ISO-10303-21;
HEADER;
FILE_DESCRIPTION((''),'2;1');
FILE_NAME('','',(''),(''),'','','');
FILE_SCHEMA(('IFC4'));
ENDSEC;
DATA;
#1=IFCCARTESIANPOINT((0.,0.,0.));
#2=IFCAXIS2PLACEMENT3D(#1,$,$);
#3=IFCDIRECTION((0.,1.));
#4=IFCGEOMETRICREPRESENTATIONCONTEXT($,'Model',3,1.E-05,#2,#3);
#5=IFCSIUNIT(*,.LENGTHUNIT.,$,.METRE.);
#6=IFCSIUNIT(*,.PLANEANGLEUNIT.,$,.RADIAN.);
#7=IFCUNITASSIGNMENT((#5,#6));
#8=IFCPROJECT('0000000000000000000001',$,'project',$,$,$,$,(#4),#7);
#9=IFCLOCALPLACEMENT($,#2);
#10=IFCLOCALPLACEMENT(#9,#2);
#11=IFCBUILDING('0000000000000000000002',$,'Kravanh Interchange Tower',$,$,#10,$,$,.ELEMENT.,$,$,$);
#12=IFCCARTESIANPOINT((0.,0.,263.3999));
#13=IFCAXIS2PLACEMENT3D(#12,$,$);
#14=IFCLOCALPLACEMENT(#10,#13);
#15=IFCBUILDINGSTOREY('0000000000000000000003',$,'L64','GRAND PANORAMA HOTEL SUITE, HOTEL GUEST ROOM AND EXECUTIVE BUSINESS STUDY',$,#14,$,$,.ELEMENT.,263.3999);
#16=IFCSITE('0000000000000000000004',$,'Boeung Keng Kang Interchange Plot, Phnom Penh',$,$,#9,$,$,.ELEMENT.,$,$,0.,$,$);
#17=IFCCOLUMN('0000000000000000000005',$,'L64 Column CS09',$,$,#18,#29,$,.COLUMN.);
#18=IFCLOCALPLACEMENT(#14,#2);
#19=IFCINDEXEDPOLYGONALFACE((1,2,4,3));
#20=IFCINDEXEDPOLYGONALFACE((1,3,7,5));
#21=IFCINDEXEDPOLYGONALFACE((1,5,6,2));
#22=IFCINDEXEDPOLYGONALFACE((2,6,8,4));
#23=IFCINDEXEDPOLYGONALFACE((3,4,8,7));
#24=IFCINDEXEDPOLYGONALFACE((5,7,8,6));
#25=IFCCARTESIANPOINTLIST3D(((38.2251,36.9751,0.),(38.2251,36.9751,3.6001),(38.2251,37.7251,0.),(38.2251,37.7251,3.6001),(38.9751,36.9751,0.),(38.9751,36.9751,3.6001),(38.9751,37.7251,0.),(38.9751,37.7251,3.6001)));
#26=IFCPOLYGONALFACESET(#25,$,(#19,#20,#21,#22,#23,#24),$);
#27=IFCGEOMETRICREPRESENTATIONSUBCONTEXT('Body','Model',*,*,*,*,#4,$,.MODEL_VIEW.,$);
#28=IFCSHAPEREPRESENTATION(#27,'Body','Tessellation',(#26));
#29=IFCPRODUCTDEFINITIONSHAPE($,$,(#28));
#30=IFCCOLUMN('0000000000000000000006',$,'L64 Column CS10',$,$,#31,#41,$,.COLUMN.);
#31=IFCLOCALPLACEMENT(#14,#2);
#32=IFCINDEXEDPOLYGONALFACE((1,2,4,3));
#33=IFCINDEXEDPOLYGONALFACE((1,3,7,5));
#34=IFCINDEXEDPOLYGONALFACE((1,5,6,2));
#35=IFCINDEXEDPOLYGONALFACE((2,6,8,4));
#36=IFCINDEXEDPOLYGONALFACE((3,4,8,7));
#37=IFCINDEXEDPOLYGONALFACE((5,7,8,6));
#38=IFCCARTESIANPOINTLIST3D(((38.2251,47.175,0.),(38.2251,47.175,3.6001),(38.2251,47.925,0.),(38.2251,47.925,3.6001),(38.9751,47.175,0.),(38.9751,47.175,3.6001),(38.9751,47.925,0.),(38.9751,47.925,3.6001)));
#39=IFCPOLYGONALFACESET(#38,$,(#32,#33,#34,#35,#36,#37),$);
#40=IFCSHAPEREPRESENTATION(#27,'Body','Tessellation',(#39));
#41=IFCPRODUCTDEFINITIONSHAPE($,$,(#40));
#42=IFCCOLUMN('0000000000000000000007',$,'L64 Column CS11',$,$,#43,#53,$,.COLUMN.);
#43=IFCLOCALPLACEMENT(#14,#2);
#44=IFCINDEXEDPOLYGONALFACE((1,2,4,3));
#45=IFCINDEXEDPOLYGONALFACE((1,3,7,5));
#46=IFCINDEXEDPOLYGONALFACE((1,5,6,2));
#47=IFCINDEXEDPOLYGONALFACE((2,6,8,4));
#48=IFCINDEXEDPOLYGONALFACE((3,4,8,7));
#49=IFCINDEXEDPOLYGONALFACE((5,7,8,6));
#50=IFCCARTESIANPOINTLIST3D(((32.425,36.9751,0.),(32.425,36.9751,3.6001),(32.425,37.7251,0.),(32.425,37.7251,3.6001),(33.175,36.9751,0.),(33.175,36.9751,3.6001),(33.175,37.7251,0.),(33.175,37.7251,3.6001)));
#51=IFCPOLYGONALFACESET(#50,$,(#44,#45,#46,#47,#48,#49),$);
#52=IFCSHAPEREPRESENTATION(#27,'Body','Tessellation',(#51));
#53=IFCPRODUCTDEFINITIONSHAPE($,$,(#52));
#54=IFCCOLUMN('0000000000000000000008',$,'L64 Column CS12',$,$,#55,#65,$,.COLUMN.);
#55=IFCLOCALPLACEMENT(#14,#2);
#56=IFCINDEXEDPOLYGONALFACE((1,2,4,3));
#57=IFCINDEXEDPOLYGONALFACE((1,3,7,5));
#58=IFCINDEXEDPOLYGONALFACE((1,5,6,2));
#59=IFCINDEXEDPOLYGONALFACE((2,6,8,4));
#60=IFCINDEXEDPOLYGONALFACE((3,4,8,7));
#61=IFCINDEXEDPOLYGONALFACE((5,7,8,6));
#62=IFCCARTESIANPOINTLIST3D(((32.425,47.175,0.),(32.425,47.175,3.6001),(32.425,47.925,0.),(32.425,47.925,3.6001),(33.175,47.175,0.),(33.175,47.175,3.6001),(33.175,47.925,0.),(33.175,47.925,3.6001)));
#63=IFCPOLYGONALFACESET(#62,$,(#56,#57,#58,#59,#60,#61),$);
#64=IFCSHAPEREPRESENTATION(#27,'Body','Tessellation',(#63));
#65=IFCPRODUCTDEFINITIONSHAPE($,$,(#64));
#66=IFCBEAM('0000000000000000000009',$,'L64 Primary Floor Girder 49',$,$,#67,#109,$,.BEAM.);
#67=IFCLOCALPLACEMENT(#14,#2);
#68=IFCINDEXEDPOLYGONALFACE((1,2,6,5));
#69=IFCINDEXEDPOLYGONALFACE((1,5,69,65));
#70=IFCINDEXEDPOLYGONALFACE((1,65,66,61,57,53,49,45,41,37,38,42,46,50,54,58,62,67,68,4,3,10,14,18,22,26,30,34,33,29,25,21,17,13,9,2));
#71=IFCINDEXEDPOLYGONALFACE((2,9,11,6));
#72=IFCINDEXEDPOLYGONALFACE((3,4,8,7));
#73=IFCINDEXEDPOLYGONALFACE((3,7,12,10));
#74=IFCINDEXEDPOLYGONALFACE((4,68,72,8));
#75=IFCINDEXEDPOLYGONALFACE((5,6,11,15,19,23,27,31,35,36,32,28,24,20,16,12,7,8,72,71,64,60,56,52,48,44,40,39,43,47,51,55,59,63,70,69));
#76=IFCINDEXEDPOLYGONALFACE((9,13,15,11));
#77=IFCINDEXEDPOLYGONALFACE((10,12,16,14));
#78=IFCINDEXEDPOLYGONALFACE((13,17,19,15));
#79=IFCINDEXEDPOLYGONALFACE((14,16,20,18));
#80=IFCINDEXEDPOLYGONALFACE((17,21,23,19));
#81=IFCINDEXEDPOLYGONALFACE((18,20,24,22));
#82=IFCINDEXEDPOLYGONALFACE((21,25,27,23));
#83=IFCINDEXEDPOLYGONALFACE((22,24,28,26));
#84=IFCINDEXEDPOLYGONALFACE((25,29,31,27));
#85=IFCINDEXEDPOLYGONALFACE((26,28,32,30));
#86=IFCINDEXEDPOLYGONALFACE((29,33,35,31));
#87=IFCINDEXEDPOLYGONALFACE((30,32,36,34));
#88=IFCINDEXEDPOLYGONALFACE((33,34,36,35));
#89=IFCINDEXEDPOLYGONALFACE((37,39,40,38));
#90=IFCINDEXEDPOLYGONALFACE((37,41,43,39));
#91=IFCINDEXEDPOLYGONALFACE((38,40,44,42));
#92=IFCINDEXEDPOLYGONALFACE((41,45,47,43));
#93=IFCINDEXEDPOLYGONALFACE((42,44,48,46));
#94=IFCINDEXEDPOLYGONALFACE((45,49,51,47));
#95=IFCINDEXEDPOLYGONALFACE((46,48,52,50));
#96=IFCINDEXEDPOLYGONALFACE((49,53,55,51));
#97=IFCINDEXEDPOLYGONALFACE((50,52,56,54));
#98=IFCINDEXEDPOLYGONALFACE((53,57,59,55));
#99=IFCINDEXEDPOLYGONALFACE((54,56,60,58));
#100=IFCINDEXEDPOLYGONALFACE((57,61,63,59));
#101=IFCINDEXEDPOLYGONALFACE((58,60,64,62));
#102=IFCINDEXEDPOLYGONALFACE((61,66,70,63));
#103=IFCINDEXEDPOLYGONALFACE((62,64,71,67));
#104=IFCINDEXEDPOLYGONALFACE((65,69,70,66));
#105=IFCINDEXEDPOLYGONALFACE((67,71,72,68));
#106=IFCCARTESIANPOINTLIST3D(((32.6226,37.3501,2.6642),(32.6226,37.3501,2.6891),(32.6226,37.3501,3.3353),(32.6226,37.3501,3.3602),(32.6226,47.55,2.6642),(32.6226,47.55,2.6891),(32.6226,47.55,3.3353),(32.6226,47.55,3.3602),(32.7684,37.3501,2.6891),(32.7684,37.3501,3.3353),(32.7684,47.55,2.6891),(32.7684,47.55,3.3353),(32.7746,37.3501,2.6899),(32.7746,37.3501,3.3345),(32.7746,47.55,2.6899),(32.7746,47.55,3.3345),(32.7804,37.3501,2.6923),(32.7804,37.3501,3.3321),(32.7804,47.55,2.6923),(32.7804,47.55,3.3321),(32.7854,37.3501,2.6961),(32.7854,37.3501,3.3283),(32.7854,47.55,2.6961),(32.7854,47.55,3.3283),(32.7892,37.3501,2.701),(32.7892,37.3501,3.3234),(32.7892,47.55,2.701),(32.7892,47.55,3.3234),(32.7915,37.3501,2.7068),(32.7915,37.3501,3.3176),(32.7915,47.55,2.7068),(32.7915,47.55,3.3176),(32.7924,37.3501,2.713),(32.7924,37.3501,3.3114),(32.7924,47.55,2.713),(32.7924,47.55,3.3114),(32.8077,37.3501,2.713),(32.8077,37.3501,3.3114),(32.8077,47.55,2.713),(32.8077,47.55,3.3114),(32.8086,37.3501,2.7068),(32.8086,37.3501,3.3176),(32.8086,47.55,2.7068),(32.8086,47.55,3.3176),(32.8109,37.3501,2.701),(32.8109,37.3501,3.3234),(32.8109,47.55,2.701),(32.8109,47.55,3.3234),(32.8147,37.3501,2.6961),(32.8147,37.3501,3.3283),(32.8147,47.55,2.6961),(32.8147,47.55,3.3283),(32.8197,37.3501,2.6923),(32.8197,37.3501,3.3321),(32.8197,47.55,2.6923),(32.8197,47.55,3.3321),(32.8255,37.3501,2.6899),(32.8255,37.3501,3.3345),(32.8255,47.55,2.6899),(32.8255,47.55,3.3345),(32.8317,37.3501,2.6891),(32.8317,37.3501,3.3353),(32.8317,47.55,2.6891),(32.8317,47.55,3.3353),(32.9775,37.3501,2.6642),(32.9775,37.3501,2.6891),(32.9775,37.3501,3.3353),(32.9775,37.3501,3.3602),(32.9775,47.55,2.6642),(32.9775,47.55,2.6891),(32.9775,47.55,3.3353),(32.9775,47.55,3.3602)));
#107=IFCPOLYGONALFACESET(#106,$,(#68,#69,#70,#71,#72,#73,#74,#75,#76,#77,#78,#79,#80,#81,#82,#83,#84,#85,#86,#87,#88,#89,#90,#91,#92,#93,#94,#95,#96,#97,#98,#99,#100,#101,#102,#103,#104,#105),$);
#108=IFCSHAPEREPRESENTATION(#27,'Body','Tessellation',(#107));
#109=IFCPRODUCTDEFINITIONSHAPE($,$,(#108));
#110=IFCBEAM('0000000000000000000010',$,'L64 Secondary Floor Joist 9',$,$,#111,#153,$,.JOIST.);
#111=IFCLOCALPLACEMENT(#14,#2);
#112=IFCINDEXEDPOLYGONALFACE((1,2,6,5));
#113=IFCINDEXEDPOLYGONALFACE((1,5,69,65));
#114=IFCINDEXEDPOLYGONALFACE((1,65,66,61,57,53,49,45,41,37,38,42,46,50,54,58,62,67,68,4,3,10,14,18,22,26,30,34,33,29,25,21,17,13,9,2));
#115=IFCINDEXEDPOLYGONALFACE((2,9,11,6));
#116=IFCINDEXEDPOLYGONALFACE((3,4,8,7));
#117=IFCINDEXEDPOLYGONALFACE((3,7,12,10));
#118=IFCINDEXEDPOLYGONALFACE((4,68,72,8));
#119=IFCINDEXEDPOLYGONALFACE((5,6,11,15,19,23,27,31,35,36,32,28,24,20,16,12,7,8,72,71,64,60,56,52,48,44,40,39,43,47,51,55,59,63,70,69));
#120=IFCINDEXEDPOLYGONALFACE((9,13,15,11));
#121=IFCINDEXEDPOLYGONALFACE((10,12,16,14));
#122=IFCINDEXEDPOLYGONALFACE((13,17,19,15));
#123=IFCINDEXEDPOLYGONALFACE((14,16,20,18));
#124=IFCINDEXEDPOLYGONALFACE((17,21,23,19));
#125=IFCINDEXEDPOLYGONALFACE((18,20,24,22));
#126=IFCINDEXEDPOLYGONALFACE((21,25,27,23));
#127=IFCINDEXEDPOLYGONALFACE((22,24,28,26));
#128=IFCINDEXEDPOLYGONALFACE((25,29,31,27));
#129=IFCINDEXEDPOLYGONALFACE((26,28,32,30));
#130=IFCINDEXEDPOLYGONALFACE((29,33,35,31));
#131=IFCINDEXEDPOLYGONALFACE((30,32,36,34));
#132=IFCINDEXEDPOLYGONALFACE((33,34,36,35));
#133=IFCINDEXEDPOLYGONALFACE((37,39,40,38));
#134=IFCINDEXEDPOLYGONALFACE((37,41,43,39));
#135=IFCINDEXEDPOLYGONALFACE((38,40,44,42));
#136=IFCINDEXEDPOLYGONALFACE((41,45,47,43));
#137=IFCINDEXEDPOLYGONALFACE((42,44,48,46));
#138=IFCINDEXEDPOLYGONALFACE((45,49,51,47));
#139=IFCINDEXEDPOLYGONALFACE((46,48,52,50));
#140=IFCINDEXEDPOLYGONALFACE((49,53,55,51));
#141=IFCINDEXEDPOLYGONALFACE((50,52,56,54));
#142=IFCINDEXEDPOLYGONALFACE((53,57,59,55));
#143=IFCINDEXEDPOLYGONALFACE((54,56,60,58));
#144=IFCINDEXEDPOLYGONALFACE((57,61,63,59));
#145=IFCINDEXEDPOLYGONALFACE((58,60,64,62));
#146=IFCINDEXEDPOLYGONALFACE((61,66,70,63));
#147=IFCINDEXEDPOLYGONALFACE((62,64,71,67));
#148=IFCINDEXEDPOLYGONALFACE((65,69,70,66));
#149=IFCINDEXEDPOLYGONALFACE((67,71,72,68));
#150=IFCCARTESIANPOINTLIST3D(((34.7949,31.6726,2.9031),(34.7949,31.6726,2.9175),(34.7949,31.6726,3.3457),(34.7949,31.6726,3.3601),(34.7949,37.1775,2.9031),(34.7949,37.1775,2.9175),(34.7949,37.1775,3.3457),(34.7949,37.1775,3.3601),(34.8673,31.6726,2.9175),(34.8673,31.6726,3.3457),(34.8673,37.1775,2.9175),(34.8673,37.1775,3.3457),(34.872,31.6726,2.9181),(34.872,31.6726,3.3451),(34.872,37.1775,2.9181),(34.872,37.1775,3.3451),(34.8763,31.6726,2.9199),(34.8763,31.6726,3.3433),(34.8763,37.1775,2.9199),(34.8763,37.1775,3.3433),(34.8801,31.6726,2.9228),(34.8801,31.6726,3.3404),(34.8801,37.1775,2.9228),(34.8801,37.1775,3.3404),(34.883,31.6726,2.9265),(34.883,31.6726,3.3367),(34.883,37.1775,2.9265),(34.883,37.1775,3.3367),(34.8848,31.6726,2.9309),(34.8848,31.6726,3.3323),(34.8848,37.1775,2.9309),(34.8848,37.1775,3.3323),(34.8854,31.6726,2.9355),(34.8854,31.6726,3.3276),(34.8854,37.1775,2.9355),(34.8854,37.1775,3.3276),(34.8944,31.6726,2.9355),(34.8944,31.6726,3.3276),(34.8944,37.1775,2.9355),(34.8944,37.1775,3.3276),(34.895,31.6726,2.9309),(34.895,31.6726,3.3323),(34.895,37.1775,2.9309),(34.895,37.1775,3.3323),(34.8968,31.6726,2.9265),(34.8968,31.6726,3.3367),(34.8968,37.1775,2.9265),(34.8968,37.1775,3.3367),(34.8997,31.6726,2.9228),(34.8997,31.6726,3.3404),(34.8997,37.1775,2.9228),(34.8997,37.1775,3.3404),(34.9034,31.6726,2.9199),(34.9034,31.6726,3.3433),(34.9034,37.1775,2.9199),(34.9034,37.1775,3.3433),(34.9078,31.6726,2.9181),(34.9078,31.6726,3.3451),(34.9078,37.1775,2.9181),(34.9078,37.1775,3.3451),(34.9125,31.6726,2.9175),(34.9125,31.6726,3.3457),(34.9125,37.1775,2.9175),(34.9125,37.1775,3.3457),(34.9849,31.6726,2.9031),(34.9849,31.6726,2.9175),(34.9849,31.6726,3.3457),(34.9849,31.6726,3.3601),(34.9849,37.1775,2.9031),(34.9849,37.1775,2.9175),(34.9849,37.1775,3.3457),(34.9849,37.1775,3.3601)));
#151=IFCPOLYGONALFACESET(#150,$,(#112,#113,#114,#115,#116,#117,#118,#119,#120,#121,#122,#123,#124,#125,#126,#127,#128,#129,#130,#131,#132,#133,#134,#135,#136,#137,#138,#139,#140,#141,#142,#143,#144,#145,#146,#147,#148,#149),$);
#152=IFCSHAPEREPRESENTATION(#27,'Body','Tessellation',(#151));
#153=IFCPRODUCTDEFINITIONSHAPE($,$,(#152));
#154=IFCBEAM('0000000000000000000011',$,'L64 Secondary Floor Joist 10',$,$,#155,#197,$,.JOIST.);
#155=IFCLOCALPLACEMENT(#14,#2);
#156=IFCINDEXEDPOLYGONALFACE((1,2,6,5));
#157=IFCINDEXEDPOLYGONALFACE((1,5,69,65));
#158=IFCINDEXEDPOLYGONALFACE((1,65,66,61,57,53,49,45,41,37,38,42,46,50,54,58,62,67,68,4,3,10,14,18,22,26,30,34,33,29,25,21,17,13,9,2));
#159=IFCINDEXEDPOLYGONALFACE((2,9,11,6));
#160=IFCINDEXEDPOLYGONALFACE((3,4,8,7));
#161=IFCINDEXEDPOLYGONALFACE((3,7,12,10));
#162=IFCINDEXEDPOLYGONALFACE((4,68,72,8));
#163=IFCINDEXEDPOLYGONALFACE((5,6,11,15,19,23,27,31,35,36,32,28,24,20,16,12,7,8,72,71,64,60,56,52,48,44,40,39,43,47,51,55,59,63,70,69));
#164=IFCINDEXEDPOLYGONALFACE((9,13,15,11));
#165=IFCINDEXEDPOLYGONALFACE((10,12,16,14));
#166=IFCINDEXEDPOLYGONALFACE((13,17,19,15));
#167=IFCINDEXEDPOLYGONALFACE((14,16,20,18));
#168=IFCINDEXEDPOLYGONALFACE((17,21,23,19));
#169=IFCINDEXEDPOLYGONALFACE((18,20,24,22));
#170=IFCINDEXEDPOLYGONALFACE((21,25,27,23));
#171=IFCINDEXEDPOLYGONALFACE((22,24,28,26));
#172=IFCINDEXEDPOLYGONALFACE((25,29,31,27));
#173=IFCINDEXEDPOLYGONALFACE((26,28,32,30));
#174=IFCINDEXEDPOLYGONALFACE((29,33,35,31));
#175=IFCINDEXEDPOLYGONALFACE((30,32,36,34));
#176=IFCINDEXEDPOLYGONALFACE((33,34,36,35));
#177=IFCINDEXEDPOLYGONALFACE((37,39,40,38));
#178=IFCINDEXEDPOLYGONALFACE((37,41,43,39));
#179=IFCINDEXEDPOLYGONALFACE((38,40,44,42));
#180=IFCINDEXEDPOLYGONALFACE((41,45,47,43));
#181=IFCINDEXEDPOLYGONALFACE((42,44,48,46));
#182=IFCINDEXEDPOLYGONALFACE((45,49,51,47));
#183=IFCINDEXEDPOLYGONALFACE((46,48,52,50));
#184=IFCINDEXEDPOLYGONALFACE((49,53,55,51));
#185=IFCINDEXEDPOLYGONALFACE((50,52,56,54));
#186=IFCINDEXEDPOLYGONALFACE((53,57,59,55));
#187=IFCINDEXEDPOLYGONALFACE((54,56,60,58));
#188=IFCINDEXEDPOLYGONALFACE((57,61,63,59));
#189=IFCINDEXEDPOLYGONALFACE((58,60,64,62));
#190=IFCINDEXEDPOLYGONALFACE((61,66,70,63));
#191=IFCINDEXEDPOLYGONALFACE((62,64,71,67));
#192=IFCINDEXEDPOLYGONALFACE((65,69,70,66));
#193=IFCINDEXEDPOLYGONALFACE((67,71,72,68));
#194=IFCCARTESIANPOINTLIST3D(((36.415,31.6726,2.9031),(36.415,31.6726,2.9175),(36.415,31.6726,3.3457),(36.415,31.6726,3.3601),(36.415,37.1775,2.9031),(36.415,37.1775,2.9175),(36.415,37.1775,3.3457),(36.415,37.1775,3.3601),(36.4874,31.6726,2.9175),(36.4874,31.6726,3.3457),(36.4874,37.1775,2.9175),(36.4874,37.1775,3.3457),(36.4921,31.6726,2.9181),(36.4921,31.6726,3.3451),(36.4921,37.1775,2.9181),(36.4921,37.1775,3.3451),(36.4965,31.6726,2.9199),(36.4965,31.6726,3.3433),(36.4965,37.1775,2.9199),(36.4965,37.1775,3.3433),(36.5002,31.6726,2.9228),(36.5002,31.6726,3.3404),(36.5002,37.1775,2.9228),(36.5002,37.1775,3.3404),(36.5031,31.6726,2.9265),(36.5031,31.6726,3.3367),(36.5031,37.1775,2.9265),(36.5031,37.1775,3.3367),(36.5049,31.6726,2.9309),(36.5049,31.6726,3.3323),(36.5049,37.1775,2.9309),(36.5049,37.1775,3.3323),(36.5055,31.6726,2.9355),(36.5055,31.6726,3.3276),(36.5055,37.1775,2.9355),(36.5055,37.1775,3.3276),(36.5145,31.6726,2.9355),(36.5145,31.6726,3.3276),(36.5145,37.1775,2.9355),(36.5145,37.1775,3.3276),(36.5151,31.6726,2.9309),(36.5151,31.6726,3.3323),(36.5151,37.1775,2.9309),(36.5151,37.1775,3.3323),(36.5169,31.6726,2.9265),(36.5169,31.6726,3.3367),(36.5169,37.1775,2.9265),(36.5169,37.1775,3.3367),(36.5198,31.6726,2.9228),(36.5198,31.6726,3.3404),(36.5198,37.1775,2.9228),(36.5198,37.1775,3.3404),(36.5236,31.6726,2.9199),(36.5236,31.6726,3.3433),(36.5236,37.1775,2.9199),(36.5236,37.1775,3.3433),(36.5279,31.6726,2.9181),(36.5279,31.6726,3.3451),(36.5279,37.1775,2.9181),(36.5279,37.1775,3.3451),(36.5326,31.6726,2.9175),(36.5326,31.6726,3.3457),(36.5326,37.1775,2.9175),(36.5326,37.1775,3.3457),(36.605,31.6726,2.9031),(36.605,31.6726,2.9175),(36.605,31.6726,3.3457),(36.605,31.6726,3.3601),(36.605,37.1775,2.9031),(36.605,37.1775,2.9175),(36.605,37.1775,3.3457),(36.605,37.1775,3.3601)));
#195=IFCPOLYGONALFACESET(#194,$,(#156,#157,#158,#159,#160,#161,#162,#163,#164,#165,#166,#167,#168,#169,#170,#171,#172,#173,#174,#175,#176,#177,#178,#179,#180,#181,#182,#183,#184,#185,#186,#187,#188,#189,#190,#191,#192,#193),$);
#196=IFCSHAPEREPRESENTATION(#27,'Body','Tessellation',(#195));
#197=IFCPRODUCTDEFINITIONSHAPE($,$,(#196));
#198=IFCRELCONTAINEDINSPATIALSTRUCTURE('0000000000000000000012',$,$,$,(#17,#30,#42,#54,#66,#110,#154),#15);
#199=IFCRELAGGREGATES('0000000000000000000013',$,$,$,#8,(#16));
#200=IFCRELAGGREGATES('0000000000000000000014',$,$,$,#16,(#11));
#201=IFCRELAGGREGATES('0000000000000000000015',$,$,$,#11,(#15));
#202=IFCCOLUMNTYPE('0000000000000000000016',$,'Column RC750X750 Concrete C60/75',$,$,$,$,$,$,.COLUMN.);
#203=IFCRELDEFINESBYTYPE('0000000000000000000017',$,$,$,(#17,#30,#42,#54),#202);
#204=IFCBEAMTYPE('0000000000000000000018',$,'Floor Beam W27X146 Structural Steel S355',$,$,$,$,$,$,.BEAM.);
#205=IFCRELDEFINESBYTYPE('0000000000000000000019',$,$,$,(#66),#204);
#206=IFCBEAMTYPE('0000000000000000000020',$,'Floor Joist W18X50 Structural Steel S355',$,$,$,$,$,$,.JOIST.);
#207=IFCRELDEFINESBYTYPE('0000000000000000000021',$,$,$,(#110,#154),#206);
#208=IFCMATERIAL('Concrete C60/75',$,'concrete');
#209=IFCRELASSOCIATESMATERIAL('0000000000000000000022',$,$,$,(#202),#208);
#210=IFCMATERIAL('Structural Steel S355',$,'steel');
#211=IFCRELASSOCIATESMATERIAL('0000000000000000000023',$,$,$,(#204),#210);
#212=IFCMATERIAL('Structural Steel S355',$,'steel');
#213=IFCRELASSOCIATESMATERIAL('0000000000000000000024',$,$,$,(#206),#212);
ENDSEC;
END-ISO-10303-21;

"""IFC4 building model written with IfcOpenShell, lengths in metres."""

from ifc_helpers import new_model, si_unit, direction, frame, origin, origin_2d, place, context, subcontext, project, spatial, rectangle, i_section, extrude, material, material_profile, profile_set, type_object, element, save


model = new_model("IFC4")

# Units and contexts
model_context = context("Model", 3, precision=1e-05, world=origin(), true_north=direction((0.0, 1.0)))
body_context = subcontext(model_context, "Body", "Model", "MODEL_VIEW")
ifc_project = project(units=[si_unit("LENGTHUNIT", "METRE"), si_unit("PLANEANGLEUNIT", "RADIAN")], contexts=[model_context])

# Site, building, storey
site_placement = place(None, origin())
site = spatial("IfcSite", under=ifc_project, at=site_placement, Name="Boeung Keng Kang Interchange Plot, Phnom Penh", CompositionType="ELEMENT", RefElevation=0.0)
building_placement = place(site_placement, origin())
building = spatial("IfcBuilding", under=site, at=building_placement, Name="Kravanh Interchange Tower", CompositionType="ELEMENT")
storey_placement = place(building_placement, frame((0.0, 0.0, 263.3999)))
storey = spatial("IfcBuildingStorey", under=building, at=storey_placement, Name="L64", Description="GRAND PANORAMA HOTEL SUITE, HOTEL GUEST ROOM AND EXECUTIVE BUSINESS STUDY", CompositionType="ELEMENT", Elevation=263.3999)

# Columns
ifc_material_1 = material(Name="Concrete C60/75", Category="concrete")
ifc_material_profile_1 = material_profile(ifc_material_1, rectangle(XDim=0.75, YDim=0.75, at=origin_2d()), Name="RC750X750")
ifc_profile_set_1 = profile_set([ifc_material_profile_1], Name="Concrete C60/75")
column_type = type_object("IfcColumnType", Name="Column RC750X750 Concrete C60/75", PredefinedType="COLUMN", material=ifc_profile_set_1)
for number, where, z_axis, x_axis, name in (
    (1, (38.6001, 37.3501, 0.0), (0.0, 0.0, 1.0), (1.0, 0.0, 0.0), "L64 Column CS09"),
    (2, (38.6001, 47.55, 0.0), (0.0, 0.0, 1.0), (1.0, 0.0, 0.0), "L64 Column CS10"),
    (3, (32.8, 37.3501, 0.0), (0.0, 0.0, 1.0), (1.0, 0.0, 0.0), "L64 Column CS11"),
    (4, (32.8, 47.55, 0.0), (0.0, 0.0, 1.0), (1.0, 0.0, 0.0), "L64 Column CS12"),
):
    element("IfcColumn", number, at=place(storey_placement, frame(where, z_axis=z_axis, x_axis=x_axis)), inside=storey, type_object=column_type, Name=name, PredefinedType="COLUMN", context=body_context, shape_type="SweptSolid", body=[
        extrude(rectangle(XDim=0.75, YDim=0.75, at=origin_2d()), origin(), (0.0, 0.0, 1.0), 3.6001),
    ])

# Beams
ifc_material_2 = material(Name="Structural Steel S355", Category="steel")
ifc_material_profile_2 = material_profile(ifc_material_2, i_section(OverallWidth=0.355, OverallDepth=0.696, WebThickness=0.0154, FlangeThickness=0.0249, FilletRadius=0.0239, at=origin_2d()), Name="W27X146")
ifc_profile_set_2 = profile_set([ifc_material_profile_2], Name="Structural Steel S355")
beam_type_1 = type_object("IfcBeamType", Name="Floor Beam W27X146 Structural Steel S355", PredefinedType="BEAM", material=ifc_profile_set_2)
beam_placement = place(storey_placement, frame((32.8, 37.3501, 3.0122), z_axis=(0.0, 1.0, 0.0), x_axis=(-1.0, 0.0, 0.0)))
element("IfcBeam", 5, at=beam_placement, inside=storey, type_object=beam_type_1, Name="L64 Primary Floor Girder 49", PredefinedType="BEAM", context=body_context, shape_type="SweptSolid", body=[
    extrude(i_section(OverallWidth=0.355, OverallDepth=0.696, WebThickness=0.0154, FlangeThickness=0.0249, FilletRadius=0.0239, at=origin_2d()), origin(), (0.0, 0.0, 1.0), 10.2),
])
ifc_material_3 = material(Name="Structural Steel S355", Category="steel")
ifc_material_profile_3 = material_profile(ifc_material_3, i_section(OverallWidth=0.1899, OverallDepth=0.457, WebThickness=0.009, FlangeThickness=0.0144, FilletRadius=0.0181, at=origin_2d()), Name="W18X50")
ifc_profile_set_3 = profile_set([ifc_material_profile_3], Name="Structural Steel S355")
beam_type_2 = type_object("IfcBeamType", Name="Floor Joist W18X50 Structural Steel S355", PredefinedType="JOIST", material=ifc_profile_set_3)
for number, where, z_axis, x_axis, name in (
    (6, (34.8899, 31.6726, 3.1316), (0.0, 1.0, 0.0), (-1.0, 0.0, 0.0), "L64 Secondary Floor Joist 9"),
    (7, (36.51, 31.6726, 3.1316), (0.0, 1.0, 0.0), (-1.0, 0.0, 0.0), "L64 Secondary Floor Joist 10"),
):
    element("IfcBeam", number, at=place(storey_placement, frame(where, z_axis=z_axis, x_axis=x_axis)), inside=storey, type_object=beam_type_2, Name=name, PredefinedType="JOIST", context=body_context, shape_type="SweptSolid", body=[
        extrude(i_section(OverallWidth=0.1899, OverallDepth=0.457, WebThickness=0.009, FlangeThickness=0.0144, FilletRadius=0.0181, at=origin_2d()), origin(), (0.0, 0.0, 1.0), 5.5049),
    ])

save(model, "model.ifc")
